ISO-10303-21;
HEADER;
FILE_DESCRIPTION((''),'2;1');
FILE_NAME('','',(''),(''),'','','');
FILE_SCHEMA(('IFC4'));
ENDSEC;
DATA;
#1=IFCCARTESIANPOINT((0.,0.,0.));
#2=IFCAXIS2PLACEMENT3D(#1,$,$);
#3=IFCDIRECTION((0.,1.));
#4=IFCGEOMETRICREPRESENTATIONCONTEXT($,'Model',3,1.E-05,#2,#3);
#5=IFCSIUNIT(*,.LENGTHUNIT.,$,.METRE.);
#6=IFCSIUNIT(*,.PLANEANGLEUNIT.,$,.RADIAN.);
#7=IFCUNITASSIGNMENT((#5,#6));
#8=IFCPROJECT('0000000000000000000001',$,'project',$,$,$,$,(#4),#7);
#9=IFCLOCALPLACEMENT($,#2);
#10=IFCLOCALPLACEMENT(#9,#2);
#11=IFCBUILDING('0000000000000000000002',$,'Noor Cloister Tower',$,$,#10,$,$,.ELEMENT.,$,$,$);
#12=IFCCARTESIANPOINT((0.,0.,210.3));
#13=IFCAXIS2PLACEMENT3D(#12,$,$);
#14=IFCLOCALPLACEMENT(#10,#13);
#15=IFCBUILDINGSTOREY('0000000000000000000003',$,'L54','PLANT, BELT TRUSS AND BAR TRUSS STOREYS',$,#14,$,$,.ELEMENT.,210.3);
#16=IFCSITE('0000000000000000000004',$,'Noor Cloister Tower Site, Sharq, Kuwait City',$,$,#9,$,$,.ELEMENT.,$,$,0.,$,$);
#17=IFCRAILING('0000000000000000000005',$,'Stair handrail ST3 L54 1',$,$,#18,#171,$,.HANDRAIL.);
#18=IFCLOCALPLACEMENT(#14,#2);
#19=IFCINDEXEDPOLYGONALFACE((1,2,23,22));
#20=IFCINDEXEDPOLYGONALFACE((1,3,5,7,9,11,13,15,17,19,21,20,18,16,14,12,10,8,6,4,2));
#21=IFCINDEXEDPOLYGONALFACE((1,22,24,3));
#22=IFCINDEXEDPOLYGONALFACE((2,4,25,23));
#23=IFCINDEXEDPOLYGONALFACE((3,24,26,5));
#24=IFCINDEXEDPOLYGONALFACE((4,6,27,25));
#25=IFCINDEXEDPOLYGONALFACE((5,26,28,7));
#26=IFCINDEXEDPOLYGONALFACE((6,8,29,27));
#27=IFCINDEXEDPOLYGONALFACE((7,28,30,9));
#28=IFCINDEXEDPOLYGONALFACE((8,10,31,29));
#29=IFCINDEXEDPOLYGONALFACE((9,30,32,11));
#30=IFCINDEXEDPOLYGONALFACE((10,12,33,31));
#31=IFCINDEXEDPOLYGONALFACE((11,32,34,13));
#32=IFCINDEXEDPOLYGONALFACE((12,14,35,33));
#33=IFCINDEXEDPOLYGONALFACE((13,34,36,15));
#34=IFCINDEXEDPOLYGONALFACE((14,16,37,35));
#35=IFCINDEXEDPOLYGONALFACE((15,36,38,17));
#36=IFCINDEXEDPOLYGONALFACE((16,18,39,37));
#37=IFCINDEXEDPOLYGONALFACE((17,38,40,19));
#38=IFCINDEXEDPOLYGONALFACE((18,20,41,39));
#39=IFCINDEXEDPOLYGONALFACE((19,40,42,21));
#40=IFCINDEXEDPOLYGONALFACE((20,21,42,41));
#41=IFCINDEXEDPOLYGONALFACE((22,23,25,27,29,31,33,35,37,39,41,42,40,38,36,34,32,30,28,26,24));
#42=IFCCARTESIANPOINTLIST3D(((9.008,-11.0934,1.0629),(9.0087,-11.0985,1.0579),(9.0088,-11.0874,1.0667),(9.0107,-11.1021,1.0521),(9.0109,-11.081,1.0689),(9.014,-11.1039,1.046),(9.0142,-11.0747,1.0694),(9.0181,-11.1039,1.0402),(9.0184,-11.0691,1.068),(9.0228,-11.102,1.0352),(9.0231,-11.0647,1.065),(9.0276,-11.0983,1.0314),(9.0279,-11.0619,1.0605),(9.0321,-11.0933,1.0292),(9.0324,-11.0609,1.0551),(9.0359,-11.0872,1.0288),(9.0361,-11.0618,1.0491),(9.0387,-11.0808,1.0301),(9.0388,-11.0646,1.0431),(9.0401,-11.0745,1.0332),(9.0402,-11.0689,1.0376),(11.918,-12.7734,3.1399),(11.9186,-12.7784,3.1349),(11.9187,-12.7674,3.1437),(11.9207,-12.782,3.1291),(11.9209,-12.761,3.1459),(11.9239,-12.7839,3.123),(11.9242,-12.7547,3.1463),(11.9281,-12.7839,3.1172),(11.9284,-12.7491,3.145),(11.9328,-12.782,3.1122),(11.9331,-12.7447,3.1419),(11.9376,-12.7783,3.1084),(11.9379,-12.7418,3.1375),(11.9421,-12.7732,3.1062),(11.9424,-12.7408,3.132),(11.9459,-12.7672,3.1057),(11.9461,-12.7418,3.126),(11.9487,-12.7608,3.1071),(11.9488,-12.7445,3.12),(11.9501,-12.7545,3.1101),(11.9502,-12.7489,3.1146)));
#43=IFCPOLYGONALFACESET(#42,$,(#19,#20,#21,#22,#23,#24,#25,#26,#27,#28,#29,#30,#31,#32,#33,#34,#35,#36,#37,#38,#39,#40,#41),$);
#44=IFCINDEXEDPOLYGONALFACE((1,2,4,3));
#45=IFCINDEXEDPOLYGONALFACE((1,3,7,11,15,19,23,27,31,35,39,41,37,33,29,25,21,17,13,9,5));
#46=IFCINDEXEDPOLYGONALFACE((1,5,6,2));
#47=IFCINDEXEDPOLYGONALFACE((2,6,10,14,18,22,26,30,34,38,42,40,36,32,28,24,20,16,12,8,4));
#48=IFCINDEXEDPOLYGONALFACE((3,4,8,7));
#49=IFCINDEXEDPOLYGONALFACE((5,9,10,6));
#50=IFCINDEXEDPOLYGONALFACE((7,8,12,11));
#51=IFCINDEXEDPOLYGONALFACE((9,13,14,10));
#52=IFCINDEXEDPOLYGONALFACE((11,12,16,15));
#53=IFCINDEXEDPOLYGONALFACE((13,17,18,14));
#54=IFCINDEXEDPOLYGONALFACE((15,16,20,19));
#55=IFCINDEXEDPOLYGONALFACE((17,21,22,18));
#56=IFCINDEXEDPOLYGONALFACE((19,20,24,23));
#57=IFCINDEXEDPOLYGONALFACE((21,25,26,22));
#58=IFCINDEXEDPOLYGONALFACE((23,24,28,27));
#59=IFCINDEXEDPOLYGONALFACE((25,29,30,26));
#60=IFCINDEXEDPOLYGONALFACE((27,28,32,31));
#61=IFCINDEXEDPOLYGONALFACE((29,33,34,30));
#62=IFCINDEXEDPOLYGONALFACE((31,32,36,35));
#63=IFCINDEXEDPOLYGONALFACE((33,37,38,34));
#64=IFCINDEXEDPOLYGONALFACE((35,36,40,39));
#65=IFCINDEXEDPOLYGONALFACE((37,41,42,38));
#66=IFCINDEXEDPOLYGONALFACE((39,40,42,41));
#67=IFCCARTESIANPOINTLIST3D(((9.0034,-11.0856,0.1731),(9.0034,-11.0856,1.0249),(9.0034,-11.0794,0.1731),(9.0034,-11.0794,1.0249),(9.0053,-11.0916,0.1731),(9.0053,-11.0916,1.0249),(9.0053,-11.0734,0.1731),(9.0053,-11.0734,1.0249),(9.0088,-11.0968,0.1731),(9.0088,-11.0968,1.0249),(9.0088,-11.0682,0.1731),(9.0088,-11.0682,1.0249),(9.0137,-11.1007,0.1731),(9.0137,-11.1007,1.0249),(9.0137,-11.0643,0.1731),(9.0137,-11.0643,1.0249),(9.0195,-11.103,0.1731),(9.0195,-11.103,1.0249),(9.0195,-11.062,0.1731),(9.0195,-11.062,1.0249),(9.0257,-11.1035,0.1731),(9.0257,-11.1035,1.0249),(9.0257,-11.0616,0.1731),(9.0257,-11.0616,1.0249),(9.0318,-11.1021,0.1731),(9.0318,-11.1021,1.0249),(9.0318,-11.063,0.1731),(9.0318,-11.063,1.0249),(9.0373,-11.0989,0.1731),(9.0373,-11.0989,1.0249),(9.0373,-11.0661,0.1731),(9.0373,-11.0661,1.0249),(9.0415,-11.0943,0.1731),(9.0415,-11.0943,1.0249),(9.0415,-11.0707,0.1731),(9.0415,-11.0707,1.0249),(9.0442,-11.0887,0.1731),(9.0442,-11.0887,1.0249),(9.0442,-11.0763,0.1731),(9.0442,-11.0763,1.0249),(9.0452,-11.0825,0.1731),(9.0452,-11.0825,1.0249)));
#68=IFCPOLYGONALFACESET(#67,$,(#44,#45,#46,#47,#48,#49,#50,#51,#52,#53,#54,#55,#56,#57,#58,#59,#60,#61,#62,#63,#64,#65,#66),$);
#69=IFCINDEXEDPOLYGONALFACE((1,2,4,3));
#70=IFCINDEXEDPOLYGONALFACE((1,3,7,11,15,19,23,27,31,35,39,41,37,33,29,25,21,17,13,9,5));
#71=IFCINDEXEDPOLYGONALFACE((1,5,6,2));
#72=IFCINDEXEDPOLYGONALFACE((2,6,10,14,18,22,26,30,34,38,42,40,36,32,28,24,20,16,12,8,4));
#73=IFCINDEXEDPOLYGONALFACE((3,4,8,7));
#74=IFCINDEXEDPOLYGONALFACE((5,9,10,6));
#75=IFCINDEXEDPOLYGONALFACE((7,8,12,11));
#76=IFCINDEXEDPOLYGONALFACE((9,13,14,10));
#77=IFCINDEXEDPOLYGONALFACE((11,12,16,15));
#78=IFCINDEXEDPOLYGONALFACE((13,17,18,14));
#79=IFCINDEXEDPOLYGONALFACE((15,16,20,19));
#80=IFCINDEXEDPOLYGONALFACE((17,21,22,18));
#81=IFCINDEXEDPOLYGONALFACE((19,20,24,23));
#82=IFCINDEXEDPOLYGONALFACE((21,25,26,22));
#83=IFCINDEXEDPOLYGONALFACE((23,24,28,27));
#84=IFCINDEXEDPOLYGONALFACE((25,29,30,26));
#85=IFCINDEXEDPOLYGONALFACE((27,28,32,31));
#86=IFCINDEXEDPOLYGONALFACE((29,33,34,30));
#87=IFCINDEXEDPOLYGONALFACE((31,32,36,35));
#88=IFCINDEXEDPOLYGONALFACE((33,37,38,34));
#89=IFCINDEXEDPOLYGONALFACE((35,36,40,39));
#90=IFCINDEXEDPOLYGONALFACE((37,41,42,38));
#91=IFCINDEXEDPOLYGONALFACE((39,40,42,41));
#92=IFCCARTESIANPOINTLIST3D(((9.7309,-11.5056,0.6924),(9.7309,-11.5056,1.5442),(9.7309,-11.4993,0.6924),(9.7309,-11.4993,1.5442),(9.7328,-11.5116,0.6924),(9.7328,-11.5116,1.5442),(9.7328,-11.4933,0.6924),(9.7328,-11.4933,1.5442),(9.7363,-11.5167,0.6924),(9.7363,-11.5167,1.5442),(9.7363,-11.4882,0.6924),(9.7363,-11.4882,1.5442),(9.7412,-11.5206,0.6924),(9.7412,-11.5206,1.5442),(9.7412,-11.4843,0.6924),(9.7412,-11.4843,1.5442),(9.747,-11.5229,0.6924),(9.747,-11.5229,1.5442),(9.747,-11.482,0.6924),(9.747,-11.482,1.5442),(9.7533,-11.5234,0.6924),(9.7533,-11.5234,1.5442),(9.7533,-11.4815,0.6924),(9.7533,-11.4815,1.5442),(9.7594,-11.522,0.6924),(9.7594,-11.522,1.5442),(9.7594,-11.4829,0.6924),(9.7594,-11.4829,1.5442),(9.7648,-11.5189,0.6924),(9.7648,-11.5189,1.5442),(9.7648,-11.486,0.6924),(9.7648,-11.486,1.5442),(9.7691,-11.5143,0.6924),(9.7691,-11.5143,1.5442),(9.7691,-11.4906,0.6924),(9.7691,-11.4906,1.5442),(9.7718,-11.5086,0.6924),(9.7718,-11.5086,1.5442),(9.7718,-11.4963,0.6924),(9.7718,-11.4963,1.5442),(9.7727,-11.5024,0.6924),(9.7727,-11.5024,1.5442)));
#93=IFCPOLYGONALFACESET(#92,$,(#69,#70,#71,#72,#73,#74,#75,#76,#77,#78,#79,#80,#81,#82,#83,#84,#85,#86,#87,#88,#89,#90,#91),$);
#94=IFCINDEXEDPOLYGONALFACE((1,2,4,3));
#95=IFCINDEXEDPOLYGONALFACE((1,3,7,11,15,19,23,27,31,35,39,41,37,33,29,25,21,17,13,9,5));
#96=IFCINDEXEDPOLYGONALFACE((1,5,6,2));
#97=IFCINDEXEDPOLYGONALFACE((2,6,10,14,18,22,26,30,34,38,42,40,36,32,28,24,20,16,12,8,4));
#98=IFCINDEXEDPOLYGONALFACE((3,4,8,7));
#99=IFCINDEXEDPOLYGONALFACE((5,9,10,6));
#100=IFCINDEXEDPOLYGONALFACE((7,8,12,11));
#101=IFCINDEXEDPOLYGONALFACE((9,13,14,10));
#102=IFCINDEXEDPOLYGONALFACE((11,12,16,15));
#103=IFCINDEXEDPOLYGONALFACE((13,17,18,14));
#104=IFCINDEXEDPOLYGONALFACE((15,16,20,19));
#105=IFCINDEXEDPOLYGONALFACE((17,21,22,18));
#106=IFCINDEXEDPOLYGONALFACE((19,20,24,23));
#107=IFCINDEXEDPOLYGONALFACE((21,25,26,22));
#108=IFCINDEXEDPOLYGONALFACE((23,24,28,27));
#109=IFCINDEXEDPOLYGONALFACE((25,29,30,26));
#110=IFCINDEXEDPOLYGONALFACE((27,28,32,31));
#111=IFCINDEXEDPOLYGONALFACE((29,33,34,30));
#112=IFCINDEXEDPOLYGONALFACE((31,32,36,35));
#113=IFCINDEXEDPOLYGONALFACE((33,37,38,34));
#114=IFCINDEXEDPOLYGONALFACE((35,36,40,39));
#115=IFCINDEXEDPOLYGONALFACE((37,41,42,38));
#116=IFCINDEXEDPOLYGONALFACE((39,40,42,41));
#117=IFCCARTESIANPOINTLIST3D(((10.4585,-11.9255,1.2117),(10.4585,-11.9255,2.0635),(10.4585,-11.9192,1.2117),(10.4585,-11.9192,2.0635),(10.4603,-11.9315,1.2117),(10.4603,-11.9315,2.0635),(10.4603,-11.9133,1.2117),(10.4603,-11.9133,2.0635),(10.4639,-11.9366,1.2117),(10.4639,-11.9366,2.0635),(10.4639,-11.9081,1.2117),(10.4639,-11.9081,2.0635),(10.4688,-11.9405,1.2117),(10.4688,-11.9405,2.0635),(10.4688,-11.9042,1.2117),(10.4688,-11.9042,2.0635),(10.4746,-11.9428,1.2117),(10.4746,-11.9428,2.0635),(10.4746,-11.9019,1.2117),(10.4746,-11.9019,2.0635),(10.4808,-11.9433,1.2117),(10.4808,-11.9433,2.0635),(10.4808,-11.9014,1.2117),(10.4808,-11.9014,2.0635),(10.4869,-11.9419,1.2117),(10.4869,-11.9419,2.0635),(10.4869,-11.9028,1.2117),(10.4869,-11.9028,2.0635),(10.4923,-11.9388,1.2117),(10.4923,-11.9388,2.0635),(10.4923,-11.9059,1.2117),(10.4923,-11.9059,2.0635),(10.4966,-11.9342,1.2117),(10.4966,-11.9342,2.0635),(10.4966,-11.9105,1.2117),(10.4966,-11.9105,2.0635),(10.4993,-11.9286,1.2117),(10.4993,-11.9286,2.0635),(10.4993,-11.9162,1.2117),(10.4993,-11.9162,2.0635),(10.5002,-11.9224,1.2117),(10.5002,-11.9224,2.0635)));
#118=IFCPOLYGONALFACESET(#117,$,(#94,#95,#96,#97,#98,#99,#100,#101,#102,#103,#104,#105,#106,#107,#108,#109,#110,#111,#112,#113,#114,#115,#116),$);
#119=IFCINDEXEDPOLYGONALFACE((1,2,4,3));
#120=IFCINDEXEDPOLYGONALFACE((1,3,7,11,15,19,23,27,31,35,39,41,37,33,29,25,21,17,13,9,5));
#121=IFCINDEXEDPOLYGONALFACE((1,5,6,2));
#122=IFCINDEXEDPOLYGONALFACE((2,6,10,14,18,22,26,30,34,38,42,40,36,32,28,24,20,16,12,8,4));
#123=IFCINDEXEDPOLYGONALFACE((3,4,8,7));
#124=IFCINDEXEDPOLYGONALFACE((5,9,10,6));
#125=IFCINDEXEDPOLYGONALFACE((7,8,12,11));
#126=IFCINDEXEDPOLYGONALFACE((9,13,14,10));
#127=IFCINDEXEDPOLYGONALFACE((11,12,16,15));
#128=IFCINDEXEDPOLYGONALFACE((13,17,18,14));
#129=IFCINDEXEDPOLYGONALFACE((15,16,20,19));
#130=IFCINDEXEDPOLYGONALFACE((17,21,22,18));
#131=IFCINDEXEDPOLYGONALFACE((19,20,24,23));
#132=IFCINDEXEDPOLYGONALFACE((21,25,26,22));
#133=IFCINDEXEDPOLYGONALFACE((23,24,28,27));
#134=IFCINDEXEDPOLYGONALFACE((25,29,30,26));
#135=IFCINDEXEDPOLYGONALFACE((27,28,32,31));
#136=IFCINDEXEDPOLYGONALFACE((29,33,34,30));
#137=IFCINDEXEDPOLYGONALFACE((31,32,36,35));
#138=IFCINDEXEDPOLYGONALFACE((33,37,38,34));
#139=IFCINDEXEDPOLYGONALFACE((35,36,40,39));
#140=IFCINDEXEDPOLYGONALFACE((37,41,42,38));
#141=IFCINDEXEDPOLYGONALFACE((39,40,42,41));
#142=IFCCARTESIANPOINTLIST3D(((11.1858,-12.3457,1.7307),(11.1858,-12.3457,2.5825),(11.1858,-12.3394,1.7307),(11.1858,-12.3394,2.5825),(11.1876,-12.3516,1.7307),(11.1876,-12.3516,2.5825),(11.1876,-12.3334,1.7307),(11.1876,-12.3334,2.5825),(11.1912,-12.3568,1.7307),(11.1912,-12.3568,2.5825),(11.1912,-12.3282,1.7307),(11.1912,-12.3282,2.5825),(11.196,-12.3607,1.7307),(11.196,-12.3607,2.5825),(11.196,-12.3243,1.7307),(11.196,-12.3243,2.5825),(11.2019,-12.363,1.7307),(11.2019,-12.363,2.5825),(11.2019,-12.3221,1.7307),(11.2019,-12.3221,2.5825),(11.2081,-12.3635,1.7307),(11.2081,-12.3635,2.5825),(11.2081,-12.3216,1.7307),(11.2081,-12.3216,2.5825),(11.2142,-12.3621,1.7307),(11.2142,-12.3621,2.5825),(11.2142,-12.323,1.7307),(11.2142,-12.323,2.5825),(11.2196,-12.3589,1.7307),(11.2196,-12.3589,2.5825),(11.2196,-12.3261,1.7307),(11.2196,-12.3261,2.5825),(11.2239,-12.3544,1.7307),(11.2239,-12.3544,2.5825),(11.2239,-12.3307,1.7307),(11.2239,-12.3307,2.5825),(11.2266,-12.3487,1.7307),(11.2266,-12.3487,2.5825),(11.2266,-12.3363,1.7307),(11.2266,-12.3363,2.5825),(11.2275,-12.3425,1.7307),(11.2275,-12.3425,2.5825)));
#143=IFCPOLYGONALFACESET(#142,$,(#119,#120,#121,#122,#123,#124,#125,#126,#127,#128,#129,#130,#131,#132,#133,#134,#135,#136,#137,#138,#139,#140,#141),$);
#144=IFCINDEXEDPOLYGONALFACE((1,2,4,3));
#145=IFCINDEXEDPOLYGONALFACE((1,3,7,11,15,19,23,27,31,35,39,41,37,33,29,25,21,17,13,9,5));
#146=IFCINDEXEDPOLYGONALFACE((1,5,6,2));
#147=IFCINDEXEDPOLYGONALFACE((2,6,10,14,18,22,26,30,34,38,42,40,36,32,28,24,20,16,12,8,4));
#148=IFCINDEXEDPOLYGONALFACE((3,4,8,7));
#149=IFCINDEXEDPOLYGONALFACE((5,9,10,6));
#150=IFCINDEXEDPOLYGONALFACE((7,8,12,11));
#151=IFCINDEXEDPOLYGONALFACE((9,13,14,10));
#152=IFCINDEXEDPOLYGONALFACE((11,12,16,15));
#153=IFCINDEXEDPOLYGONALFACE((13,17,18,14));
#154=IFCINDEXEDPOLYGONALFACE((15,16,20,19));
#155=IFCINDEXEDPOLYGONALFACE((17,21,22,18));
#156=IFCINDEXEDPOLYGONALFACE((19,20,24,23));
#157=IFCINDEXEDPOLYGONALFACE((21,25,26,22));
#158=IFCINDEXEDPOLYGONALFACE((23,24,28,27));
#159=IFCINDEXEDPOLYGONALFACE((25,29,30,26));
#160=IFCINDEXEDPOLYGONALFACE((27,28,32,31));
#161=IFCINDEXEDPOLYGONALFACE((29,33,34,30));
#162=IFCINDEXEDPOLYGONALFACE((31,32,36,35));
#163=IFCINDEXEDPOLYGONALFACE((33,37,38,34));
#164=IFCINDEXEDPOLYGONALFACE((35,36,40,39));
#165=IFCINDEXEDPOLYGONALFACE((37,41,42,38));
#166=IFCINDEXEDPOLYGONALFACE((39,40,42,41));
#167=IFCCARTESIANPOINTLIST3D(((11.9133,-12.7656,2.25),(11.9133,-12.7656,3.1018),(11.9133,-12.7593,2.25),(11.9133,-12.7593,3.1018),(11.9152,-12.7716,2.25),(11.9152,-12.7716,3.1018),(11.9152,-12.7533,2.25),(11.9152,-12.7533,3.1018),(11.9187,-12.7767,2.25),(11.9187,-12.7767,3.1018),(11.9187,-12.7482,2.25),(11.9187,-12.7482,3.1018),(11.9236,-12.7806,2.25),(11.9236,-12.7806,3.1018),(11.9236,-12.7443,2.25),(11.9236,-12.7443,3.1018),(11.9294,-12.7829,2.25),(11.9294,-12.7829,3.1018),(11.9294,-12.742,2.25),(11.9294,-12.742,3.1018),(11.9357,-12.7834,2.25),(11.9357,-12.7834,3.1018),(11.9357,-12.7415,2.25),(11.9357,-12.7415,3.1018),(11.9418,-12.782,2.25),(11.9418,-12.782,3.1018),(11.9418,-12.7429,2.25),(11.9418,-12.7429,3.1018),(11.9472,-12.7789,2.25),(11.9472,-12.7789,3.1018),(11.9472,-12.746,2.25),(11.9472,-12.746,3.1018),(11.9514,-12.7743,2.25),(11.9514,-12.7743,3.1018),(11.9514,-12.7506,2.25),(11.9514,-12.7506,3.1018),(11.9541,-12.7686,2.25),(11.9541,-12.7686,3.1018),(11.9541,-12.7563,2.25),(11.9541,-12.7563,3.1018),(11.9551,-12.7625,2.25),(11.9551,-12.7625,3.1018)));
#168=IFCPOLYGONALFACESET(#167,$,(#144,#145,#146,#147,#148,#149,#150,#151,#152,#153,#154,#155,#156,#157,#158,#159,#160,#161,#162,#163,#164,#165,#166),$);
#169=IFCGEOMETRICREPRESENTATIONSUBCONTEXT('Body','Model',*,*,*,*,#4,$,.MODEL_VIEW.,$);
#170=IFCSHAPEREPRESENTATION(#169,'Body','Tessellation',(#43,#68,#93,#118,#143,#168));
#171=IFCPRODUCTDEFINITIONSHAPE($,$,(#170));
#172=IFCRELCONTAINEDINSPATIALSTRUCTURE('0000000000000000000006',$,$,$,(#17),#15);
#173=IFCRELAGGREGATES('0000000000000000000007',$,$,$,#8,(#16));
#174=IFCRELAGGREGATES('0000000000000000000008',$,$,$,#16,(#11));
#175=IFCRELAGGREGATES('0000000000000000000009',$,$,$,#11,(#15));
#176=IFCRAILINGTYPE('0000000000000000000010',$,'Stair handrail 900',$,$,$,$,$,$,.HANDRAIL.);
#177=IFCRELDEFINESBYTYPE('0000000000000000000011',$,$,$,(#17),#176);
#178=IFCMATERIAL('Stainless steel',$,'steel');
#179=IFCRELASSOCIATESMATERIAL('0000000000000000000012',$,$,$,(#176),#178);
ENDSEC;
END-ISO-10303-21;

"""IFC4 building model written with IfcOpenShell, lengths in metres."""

from ifc_helpers import new_model, si_unit, direction, frame, origin, origin_2d, place, context, subcontext, project, spatial, circle, extrude, material, type_object, element, save


model = new_model("IFC4")

# Units and contexts
model_context = context("Model", 3, precision=1e-05, world=origin(), true_north=direction((0.0, 1.0)))
body_context = subcontext(model_context, "Body", "Model", "MODEL_VIEW")
ifc_project = project(units=[si_unit("LENGTHUNIT", "METRE"), si_unit("PLANEANGLEUNIT", "RADIAN")], contexts=[model_context])

# Site, building, storey
site_placement = place(None, origin())
site = spatial("IfcSite", under=ifc_project, at=site_placement, Name="Noor Cloister Tower Site, Sharq, Kuwait City", CompositionType="ELEMENT", RefElevation=0.0)
building_placement = place(site_placement, origin())
building = spatial("IfcBuilding", under=site, at=building_placement, Name="Noor Cloister Tower", CompositionType="ELEMENT")
storey_placement = place(building_placement, frame((0.0, 0.0, 210.3)))
storey = spatial("IfcBuildingStorey", under=building, at=storey_placement, Name="L54", Description="PLANT, BELT TRUSS AND BAR TRUSS STOREYS", CompositionType="ELEMENT", Elevation=210.3)

# Railing
ifc_material_1 = material(Name="Stainless steel", Category="steel")
railing_type_1 = type_object("IfcRailingType", Name="Stair handrail 900", PredefinedType="HANDRAIL", material=ifc_material_1)
railing_1_placement = place(storey_placement, frame((9.0242, -11.0825, 0.1731)))
element("IfcRailing", 1, at=railing_1_placement, inside=storey, type_object=railing_type_1, Name="Stair handrail ST3 L54 1", PredefinedType="HANDRAIL", context=body_context, shape_type="SweptSolid", body=[
    extrude(circle(Radius=0.0239, at=origin_2d()), frame((0.0, 0.0, 0.876), z_axis=(0.736668, -0.425288, 0.525785), x_axis=(0.499976, 0.866039, 0.0)), (0.0, 0.0, 1.0), 3.9502),
    extrude(circle(Radius=0.021, at=origin_2d()), origin(), (0.0, 0.0, 1.0), 0.8518),
    extrude(circle(Radius=0.021, at=origin_2d()), frame((0.7275, -0.4199, 0.5193)), (0.0, 0.0, 1.0), 0.8518),
    extrude(circle(Radius=0.021, at=origin_2d()), frame((1.4551, -0.8398, 1.0386)), (0.0, 0.0, 1.0), 0.8518),
    extrude(circle(Radius=0.021, at=origin_2d()), frame((2.1824, -1.26, 1.5576)), (0.0, 0.0, 1.0), 0.8518),
    extrude(circle(Radius=0.021, at=origin_2d()), frame((2.9099, -1.6799, 2.0769)), (0.0, 0.0, 1.0), 0.8518),
])

save(model, "model.ifc")
